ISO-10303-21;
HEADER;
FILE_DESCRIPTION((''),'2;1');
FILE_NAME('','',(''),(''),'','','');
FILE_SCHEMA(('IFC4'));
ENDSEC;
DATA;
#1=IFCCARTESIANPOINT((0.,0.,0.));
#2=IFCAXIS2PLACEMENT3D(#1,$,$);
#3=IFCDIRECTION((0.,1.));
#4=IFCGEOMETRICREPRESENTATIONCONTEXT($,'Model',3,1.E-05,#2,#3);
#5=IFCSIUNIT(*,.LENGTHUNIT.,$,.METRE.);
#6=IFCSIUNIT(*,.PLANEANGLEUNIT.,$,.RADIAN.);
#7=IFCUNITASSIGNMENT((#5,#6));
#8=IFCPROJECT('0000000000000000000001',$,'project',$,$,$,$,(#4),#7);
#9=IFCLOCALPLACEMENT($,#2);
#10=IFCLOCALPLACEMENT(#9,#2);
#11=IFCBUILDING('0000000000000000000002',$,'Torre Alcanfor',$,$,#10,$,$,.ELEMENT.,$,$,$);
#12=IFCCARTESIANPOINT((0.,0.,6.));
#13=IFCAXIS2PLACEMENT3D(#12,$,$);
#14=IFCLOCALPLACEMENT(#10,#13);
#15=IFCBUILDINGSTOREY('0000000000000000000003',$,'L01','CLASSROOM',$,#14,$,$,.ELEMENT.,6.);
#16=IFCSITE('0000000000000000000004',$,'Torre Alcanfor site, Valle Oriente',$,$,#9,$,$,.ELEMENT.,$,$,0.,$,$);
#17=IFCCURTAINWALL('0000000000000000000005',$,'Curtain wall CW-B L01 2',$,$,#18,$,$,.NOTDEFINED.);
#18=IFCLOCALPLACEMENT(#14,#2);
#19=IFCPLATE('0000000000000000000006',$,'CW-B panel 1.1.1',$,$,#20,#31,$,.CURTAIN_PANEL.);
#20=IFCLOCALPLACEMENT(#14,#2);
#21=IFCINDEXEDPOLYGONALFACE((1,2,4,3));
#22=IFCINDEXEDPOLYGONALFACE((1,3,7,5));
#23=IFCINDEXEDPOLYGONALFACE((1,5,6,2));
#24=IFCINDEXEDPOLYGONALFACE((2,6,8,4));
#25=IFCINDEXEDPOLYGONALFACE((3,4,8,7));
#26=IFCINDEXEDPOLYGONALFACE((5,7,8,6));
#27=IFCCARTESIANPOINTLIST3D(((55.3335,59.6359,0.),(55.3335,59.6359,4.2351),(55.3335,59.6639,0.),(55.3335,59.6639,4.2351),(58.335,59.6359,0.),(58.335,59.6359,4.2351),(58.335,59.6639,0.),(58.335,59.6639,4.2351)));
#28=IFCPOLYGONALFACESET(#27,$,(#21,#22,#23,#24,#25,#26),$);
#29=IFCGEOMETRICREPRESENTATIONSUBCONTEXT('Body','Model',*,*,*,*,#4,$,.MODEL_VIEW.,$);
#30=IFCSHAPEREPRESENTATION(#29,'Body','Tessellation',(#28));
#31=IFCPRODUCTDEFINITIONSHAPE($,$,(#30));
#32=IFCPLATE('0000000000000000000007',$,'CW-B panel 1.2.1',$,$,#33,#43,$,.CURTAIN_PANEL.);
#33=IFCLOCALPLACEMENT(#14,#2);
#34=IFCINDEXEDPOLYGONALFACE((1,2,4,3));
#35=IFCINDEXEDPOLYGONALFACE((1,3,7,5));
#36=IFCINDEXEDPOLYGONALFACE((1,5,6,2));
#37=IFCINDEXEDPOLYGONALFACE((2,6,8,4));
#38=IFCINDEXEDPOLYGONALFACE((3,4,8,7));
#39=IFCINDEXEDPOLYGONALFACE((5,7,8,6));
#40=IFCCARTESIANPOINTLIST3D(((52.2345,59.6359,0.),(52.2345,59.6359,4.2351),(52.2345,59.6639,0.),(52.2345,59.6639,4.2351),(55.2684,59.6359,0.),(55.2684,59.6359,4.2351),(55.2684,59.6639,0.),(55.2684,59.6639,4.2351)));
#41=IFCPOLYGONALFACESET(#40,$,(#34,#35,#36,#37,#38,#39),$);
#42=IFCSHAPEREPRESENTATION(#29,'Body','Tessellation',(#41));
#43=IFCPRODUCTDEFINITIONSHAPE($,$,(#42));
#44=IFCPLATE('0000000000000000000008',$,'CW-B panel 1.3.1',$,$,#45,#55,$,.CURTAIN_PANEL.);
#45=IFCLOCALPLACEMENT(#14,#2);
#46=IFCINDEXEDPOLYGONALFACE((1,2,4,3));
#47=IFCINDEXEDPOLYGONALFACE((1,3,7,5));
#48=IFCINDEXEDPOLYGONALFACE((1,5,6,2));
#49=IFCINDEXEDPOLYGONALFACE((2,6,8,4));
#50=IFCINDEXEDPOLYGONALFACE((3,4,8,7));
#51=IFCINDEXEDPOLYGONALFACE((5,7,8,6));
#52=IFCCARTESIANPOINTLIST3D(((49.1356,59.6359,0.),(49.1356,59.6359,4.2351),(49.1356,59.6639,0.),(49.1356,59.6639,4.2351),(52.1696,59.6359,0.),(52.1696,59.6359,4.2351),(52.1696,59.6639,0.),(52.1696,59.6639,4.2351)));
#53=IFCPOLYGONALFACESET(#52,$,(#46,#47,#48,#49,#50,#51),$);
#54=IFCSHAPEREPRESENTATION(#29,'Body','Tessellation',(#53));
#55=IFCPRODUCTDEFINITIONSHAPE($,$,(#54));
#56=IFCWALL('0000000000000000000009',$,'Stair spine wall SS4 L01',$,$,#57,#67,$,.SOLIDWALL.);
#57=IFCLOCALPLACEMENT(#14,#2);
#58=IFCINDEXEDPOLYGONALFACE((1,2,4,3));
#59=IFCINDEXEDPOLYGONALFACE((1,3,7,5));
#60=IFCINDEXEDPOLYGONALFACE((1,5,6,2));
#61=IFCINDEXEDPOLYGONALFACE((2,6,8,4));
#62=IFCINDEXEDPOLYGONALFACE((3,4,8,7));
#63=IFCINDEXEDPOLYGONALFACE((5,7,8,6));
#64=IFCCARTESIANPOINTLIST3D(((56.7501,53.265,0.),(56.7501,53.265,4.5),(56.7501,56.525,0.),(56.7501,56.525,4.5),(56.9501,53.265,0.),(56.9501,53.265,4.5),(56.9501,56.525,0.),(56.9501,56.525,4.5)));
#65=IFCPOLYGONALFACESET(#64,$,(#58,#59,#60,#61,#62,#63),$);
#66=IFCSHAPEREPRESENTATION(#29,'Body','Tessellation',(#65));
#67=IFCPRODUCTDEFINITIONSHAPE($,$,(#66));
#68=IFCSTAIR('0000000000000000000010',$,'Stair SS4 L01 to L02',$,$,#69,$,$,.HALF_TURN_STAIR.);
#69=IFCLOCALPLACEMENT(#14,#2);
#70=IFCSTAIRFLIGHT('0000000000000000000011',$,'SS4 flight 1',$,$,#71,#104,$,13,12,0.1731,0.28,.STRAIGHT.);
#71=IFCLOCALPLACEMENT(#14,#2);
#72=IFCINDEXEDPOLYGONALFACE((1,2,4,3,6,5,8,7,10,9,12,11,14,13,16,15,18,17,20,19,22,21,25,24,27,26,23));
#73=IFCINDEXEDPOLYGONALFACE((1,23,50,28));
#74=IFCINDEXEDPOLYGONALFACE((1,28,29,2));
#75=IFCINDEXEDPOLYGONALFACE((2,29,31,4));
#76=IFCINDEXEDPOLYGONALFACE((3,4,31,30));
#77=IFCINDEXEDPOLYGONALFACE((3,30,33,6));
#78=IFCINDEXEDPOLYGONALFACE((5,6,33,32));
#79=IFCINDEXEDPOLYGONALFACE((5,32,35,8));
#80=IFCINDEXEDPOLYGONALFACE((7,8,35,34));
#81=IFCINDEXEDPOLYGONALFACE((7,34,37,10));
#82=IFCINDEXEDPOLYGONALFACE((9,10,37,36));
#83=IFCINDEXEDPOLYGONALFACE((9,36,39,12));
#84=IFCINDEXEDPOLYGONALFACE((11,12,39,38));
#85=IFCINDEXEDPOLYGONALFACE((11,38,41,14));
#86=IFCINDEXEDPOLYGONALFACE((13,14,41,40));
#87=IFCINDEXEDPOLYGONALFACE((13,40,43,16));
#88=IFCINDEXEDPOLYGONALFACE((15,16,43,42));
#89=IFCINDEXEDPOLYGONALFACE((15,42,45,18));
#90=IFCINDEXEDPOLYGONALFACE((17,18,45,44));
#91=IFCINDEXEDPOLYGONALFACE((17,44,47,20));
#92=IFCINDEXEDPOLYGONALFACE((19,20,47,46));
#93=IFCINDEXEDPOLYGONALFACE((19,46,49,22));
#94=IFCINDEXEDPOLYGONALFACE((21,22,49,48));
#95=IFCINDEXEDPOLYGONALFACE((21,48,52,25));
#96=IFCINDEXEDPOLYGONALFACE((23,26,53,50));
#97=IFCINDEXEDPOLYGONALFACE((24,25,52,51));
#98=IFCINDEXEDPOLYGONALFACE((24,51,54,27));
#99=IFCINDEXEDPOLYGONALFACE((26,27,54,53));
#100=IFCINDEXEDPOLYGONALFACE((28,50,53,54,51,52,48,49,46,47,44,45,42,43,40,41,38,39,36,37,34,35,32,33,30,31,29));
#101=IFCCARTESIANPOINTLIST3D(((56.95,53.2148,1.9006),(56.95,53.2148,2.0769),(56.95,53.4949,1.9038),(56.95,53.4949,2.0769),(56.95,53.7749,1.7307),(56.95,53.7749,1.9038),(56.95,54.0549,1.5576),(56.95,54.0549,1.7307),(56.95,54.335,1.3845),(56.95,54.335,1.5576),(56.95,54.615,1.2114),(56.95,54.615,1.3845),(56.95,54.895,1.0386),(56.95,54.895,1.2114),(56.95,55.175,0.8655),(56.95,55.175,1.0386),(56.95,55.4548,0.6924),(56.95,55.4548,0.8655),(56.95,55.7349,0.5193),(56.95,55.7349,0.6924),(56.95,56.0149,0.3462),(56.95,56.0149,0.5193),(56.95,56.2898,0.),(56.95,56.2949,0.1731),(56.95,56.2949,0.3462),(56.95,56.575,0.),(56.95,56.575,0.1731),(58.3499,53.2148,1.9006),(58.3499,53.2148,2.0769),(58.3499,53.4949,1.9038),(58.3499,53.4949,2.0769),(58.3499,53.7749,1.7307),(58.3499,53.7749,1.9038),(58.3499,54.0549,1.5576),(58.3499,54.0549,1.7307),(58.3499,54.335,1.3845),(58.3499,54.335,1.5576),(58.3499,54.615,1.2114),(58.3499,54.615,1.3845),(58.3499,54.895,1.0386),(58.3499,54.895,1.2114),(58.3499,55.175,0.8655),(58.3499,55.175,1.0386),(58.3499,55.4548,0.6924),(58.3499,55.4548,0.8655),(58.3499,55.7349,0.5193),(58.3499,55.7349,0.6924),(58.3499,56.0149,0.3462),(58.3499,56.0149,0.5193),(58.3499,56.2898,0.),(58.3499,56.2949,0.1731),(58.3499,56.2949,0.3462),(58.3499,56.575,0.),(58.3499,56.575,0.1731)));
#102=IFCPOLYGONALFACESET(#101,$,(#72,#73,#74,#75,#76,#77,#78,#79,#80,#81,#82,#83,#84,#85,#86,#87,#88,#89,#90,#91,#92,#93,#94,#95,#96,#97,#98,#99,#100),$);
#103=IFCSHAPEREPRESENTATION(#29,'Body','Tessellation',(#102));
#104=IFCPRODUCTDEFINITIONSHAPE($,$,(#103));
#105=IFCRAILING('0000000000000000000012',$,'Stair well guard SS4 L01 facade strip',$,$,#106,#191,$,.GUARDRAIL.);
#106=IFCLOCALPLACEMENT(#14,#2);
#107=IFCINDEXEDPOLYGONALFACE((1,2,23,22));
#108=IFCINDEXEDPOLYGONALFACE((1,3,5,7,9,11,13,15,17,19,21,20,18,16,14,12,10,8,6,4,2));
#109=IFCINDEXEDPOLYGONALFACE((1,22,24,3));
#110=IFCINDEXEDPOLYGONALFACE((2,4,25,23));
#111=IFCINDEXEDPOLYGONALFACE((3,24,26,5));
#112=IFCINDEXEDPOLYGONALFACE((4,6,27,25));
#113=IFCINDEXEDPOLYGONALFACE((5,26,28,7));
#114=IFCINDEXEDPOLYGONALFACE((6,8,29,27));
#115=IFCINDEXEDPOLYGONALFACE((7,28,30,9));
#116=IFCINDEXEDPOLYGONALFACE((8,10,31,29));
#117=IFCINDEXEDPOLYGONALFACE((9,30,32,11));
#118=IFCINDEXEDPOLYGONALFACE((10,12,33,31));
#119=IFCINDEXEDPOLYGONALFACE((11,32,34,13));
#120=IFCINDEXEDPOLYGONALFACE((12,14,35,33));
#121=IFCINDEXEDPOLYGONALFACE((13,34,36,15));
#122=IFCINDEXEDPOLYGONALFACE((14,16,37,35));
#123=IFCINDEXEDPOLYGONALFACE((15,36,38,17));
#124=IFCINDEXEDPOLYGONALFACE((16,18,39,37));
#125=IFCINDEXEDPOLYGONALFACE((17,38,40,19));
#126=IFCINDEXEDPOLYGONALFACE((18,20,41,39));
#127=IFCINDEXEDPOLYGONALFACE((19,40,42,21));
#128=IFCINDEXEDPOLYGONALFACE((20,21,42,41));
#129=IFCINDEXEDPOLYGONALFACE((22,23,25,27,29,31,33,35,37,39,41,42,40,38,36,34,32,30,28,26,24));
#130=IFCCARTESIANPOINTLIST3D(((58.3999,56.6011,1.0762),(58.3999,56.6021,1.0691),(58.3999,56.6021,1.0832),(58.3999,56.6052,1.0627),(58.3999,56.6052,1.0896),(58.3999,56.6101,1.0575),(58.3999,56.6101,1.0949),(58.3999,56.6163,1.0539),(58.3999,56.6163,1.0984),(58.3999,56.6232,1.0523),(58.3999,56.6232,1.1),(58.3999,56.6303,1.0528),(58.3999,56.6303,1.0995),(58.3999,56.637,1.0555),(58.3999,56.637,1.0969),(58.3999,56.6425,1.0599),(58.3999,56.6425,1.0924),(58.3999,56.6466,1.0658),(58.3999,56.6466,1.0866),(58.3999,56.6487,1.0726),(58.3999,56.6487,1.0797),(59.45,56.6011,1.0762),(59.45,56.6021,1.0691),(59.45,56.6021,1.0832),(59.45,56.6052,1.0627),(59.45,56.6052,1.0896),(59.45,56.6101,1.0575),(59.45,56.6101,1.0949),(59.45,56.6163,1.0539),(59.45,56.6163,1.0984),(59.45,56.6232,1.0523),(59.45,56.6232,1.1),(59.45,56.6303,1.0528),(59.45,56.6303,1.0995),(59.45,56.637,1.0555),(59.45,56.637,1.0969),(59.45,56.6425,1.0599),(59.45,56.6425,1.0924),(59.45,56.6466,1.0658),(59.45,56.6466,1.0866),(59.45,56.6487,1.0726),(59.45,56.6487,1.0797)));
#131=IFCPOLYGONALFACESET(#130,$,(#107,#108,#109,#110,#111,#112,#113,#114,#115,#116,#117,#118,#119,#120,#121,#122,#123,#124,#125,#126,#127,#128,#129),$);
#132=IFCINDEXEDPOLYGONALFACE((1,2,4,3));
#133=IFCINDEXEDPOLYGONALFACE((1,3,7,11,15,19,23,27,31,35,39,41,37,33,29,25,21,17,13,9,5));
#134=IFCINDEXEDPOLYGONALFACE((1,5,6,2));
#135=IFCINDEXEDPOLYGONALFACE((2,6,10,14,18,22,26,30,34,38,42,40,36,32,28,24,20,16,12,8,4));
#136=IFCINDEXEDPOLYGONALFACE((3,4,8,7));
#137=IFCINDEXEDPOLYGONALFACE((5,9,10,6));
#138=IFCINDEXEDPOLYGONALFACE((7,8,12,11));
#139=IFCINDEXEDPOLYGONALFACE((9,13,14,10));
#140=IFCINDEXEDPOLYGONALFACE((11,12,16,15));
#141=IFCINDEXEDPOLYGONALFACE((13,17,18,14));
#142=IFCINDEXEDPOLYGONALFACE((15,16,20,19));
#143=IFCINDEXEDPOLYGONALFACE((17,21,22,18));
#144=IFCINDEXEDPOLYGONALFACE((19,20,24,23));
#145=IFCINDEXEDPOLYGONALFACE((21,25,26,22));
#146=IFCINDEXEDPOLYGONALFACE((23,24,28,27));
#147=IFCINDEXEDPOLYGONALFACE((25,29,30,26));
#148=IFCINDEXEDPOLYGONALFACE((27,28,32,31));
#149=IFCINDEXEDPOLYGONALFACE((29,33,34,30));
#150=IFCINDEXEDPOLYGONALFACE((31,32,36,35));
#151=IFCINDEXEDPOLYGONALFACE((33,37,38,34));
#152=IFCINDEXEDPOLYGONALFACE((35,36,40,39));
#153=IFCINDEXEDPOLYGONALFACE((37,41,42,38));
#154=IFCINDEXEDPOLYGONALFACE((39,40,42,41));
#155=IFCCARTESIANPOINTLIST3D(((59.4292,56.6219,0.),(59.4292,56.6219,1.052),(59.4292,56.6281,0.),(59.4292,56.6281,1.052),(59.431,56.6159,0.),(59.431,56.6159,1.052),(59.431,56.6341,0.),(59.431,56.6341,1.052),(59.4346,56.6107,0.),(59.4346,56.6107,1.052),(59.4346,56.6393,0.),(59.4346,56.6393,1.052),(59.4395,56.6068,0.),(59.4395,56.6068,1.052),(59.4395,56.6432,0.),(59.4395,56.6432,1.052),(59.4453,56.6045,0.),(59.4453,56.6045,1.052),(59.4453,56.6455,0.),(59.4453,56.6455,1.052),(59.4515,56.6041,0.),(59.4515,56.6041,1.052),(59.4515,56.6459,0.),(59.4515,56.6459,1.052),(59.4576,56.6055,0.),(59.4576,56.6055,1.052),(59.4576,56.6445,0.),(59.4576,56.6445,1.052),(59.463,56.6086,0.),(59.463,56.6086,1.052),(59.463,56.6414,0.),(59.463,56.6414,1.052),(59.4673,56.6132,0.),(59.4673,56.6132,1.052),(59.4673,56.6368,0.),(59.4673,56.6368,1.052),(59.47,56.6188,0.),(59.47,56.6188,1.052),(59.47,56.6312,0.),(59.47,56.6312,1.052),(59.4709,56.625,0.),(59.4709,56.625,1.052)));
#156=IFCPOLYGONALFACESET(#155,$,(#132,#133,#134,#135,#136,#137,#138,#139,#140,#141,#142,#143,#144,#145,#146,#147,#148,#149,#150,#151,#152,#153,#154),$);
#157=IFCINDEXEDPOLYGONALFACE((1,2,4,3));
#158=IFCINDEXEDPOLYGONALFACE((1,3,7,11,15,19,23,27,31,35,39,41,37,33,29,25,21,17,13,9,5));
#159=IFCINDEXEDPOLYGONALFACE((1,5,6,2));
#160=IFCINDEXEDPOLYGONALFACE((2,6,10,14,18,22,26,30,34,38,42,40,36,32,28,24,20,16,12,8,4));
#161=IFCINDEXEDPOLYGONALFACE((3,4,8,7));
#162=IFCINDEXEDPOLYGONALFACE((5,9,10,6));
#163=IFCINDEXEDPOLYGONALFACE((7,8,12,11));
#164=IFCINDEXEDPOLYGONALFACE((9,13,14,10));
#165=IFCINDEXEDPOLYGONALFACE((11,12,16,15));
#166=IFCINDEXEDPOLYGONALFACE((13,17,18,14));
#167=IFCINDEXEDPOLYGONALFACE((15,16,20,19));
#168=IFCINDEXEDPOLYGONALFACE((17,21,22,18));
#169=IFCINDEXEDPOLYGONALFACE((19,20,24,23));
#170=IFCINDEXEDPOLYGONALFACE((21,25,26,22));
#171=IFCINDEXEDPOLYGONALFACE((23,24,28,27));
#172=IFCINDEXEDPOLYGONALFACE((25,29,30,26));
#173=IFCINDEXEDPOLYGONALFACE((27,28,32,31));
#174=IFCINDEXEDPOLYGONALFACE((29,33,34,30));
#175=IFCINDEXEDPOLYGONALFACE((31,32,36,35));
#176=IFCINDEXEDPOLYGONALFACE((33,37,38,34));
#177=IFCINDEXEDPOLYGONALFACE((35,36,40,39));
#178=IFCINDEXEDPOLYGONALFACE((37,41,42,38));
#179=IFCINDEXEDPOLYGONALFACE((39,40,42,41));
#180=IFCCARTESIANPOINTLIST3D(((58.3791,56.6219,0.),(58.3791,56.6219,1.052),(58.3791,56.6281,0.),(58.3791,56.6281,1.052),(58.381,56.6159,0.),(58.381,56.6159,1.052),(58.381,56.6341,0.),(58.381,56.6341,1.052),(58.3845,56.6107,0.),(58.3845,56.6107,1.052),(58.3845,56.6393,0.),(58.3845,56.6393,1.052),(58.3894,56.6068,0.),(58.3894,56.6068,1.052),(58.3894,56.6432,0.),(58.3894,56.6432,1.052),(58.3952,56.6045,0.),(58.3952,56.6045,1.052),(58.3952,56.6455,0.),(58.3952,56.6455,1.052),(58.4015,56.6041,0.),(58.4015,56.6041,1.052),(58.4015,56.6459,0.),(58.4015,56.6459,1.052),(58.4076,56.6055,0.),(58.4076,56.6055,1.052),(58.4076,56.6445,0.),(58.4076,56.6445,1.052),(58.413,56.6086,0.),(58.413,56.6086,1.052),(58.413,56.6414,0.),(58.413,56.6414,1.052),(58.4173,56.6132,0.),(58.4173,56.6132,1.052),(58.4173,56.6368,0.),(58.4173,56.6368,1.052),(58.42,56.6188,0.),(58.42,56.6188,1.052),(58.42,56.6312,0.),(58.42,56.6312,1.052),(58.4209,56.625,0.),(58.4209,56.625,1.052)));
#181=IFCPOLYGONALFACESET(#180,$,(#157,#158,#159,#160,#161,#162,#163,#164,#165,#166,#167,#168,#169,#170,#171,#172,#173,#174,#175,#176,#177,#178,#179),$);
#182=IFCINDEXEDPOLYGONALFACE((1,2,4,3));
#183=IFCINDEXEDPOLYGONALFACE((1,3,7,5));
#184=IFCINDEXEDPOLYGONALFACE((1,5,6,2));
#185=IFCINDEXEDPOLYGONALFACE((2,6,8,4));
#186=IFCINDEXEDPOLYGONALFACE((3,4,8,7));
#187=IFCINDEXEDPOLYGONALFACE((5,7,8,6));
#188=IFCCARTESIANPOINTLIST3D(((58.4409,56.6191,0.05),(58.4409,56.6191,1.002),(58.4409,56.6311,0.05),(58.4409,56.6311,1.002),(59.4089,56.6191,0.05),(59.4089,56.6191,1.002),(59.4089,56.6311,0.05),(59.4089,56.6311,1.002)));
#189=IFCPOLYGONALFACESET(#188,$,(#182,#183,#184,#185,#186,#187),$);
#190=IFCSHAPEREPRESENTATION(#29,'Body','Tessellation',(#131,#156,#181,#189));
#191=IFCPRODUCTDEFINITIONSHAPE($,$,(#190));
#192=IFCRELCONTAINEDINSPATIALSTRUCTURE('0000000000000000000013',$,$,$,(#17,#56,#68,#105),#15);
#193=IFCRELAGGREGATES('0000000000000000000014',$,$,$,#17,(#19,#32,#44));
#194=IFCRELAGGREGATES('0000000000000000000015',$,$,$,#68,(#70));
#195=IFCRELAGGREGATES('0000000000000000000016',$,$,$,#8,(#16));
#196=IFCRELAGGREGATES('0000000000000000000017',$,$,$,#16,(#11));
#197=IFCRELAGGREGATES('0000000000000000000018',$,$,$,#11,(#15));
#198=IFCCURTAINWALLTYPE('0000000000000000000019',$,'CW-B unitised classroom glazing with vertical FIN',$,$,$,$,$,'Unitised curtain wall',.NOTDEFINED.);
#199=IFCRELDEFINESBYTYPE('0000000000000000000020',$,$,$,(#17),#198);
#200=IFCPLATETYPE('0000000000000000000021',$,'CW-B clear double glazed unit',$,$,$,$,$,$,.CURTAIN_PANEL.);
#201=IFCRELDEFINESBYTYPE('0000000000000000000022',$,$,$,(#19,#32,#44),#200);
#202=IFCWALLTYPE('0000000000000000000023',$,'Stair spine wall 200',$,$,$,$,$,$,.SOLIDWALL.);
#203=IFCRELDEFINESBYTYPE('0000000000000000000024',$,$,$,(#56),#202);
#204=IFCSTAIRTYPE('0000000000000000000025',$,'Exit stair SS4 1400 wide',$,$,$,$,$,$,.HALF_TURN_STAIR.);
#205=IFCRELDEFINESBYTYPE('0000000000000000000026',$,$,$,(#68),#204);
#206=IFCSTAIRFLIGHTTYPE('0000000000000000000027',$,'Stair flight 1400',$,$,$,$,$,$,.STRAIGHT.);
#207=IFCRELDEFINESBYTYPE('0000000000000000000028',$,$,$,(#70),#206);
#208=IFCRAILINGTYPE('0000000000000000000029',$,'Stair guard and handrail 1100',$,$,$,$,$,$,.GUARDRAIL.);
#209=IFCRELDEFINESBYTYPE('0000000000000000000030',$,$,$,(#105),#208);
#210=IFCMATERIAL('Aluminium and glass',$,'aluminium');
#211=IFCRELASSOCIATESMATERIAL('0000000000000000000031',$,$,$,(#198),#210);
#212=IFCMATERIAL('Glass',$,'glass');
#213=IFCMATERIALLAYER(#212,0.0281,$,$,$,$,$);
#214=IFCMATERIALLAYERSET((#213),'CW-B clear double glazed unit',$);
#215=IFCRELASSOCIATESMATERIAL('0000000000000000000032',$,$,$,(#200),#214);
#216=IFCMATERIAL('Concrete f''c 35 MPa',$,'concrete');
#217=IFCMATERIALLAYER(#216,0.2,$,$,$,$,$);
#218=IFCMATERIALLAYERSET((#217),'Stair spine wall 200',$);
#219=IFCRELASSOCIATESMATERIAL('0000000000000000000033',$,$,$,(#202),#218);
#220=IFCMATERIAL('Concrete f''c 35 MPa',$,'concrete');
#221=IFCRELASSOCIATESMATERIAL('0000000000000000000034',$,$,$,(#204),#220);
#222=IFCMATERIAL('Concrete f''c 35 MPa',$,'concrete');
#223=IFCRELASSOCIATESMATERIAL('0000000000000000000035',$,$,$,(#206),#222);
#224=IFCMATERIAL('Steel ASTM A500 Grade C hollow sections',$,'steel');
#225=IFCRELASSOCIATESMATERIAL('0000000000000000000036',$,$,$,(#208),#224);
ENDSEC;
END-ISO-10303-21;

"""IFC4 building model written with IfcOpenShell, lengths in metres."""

from ifc_helpers import new_model, si_unit, direction, frame, frame_2d, origin, origin_2d, place, context, subcontext, project, spatial, polyline, rectangle, circle, outline, extrude, material, layer, layer_set, type_object, element, aggregate, save


model = new_model("IFC4")

# Units and contexts
model_context = context("Model", 3, precision=1e-05, world=origin(), true_north=direction((0.0, 1.0)))
body_context = subcontext(model_context, "Body", "Model", "MODEL_VIEW")
ifc_project = project(units=[si_unit("LENGTHUNIT", "METRE"), si_unit("PLANEANGLEUNIT", "RADIAN")], contexts=[model_context])

# Site, building, storey
site_placement = place(None, origin())
site = spatial("IfcSite", under=ifc_project, at=site_placement, Name="Torre Alcanfor site, Valle Oriente", CompositionType="ELEMENT", RefElevation=0.0)
building_placement = place(site_placement, origin())
building = spatial("IfcBuilding", under=site, at=building_placement, Name="Torre Alcanfor", CompositionType="ELEMENT")
storey_placement = place(building_placement, frame((0.0, 0.0, 6.0)))
storey = spatial("IfcBuildingStorey", under=building, at=storey_placement, Name="L01", Description="CLASSROOM", CompositionType="ELEMENT", Elevation=6.0)

# Curtain wall
ifc_material_1 = material(Name="Aluminium and glass", Category="aluminium")
curtain_wall_type = type_object("IfcCurtainWallType", Name="CW-B unitised classroom glazing with vertical FIN", ElementType="Unitised curtain wall", PredefinedType="NOTDEFINED", material=ifc_material_1)
curtain_wall_1_placement = place(storey_placement, origin())
curtain_wall_1 = element("IfcCurtainWall", 1, at=curtain_wall_1_placement, inside=storey, type_object=curtain_wall_type, Name="Curtain wall CW-B L01 2", PredefinedType="NOTDEFINED")

# Plates
ifc_material_2 = material(Name="Glass", Category="glass")
ifc_layer_1 = layer(ifc_material_2, 0.0281)
ifc_layer_set_1 = layer_set([ifc_layer_1], Name="CW-B clear double glazed unit")
plate_type = type_object("IfcPlateType", Name="CW-B clear double glazed unit", PredefinedType="CURTAIN_PANEL", material=ifc_layer_set_1)
plate_1_placement = place(storey_placement, frame((56.8342, 59.6499, 0.0), z_axis=(0.0, 0.0, 1.0), x_axis=(-1.0, 0.0, 0.0)))
plate_1 = element("IfcPlate", 2, at=plate_1_placement, type_object=plate_type, Name="CW-B panel 1.1.1", PredefinedType="CURTAIN_PANEL", context=body_context, shape_type="SweptSolid", body=[
    extrude(rectangle(XDim=3.0015, YDim=0.0281, at=origin_2d()), origin(), (0.0, 0.0, 1.0), 4.2351),
])
plate_2_placement = place(storey_placement, frame((53.7515, 59.6499, 0.0), z_axis=(0.0, 0.0, 1.0), x_axis=(-1.0, 0.0, 0.0)))
plate_2 = element("IfcPlate", 3, at=plate_2_placement, type_object=plate_type, Name="CW-B panel 1.2.1", PredefinedType="CURTAIN_PANEL", context=body_context, shape_type="SweptSolid", body=[
    extrude(rectangle(XDim=3.0339, YDim=0.0281, at=origin_2d()), origin(), (0.0, 0.0, 1.0), 4.2351),
])
plate_3_placement = place(storey_placement, frame((50.6526, 59.6499, 0.0), z_axis=(0.0, 0.0, 1.0), x_axis=(-1.0, 0.0, 0.0)))
plate_3 = element("IfcPlate", 4, at=plate_3_placement, type_object=plate_type, Name="CW-B panel 1.3.1", PredefinedType="CURTAIN_PANEL", context=body_context, shape_type="SweptSolid", body=[
    extrude(rectangle(XDim=3.0339, YDim=0.0281, at=origin_2d()), origin(), (0.0, 0.0, 1.0), 4.2351),
])
aggregate(curtain_wall_1, [plate_1, plate_2, plate_3])

# Wall
ifc_material_3 = material(Name="Concrete f'c 35 MPa", Category="concrete")
ifc_layer_2 = layer(ifc_material_3, 0.2)
ifc_layer_set_2 = layer_set([ifc_layer_2], Name="Stair spine wall 200")
wall_type_1 = type_object("IfcWallType", Name="Stair spine wall 200", PredefinedType="SOLIDWALL", material=ifc_layer_set_2)
wall_1_placement = place(storey_placement, frame((56.8501, 56.5249, 0.0), z_axis=(0.0, 0.0, 1.0), x_axis=(0.0, -1.0, 0.0)))
element("IfcWall", 5, at=wall_1_placement, inside=storey, type_object=wall_type_1, Name="Stair spine wall SS4 L01", PredefinedType="SOLIDWALL", context=body_context, shape_type="SweptSolid", body=[
    extrude(rectangle(XDim=3.26, YDim=0.2, at=frame_2d((1.6299, 0.0))), origin(), (0.0, 0.0, 1.0), 4.5),
])

# Stair, stair flight
ifc_material_4 = material(Name="Concrete f'c 35 MPa", Category="concrete")
stair_type = type_object("IfcStairType", Name="Exit stair SS4 1400 wide", PredefinedType="HALF_TURN_STAIR", material=ifc_material_4)
stair_placement = place(storey_placement, origin())
stair = element("IfcStair", 6, at=stair_placement, inside=storey, type_object=stair_type, Name="Stair SS4 L01 to L02", PredefinedType="HALF_TURN_STAIR")
ifc_material_5 = material(Name="Concrete f'c 35 MPa", Category="concrete")
stair_flight_type = type_object("IfcStairFlightType", Name="Stair flight 1400", PredefinedType="STRAIGHT", material=ifc_material_5)
stair_flight_placement = place(storey_placement, frame((57.6499, 56.575, 0.0), z_axis=(0.0, 0.0, 1.0), x_axis=(0.0, -1.0, 0.0)))
stair_flight = element("IfcStairFlight", 7, at=stair_flight_placement, type_object=stair_flight_type, Name="SS4 flight 1", NumberOfRisers=13, NumberOfTreads=12, PredefinedType="STRAIGHT", RiserHeight=0.1731, TreadLength=0.28, context=body_context, shape_type="SweptSolid", body=[
    extrude(outline(polyline([(0.0, 0.0), (0.0, 0.1731), (0.28, 0.1731), (0.28, 0.3462), (0.5601, 0.3462), (0.5601, 0.5193), (0.8401, 0.5193), (0.8401, 0.6924), (1.1201, 0.6924), (1.1201, 0.8655), (1.3999, 0.8655), (1.3999, 1.0386), (1.6799, 1.0386), (1.6799, 1.2114), (1.96, 1.2114), (1.96, 1.3845), (2.24, 1.3845), (2.24, 1.5576), (2.52, 1.5576), (2.52, 1.7307), (2.8, 1.7307), (2.8, 1.9038), (3.0801, 1.9038), (3.0801, 2.0769), (3.3601, 2.0769), (3.3601, 2.25), (3.3601, 1.9006), (0.2852, 0.0), (0.0, 0.0)])), frame((0.0, 0.7, 0.0), z_axis=(0.0, -1.0, 0.0), x_axis=(1.0, 0.0, 0.0)), (0.0, 0.0, 1.0), 1.3999),
])
aggregate(stair, [stair_flight])

# Railing
ifc_material_6 = material(Name="Steel ASTM A500 Grade C hollow sections", Category="steel")
railing_type_1 = type_object("IfcRailingType", Name="Stair guard and handrail 1100", PredefinedType="GUARDRAIL", material=ifc_material_6)
railing_1_placement = place(storey_placement, frame((59.45, 56.625, 0.0)))
element("IfcRailing", 8, at=railing_1_placement, inside=storey, type_object=railing_type_1, Name="Stair well guard SS4 L01 facade strip", PredefinedType="GUARDRAIL", context=body_context, shape_type="SweptSolid", body=[
    extrude(circle(Radius=0.0239, at=origin_2d()), frame((0.0, 0.0, 1.0762), z_axis=(-1.0, 0.0, 0.0), x_axis=(0.0, -1.0, 0.0)), (0.0, 0.0, 1.0), 1.05),
    extrude(circle(Radius=0.021, at=origin_2d()), origin(), (0.0, 0.0, 1.0), 1.052),
    extrude(circle(Radius=0.021, at=origin_2d()), frame((-1.05, 0.0, 0.0)), (0.0, 0.0, 1.0), 1.052),
    extrude(outline(polyline([(0.041, 0.05), (1.009, 0.05), (1.009, 1.002), (0.041, 1.002), (0.041, 0.05)])), frame((0.0, -0.0059, 0.0), z_axis=(0.0, 1.0, 0.0), x_axis=(-1.0, 0.0, 0.0)), (0.0, 0.0, 1.0), 0.012),
])

save(model, "model.ifc")
